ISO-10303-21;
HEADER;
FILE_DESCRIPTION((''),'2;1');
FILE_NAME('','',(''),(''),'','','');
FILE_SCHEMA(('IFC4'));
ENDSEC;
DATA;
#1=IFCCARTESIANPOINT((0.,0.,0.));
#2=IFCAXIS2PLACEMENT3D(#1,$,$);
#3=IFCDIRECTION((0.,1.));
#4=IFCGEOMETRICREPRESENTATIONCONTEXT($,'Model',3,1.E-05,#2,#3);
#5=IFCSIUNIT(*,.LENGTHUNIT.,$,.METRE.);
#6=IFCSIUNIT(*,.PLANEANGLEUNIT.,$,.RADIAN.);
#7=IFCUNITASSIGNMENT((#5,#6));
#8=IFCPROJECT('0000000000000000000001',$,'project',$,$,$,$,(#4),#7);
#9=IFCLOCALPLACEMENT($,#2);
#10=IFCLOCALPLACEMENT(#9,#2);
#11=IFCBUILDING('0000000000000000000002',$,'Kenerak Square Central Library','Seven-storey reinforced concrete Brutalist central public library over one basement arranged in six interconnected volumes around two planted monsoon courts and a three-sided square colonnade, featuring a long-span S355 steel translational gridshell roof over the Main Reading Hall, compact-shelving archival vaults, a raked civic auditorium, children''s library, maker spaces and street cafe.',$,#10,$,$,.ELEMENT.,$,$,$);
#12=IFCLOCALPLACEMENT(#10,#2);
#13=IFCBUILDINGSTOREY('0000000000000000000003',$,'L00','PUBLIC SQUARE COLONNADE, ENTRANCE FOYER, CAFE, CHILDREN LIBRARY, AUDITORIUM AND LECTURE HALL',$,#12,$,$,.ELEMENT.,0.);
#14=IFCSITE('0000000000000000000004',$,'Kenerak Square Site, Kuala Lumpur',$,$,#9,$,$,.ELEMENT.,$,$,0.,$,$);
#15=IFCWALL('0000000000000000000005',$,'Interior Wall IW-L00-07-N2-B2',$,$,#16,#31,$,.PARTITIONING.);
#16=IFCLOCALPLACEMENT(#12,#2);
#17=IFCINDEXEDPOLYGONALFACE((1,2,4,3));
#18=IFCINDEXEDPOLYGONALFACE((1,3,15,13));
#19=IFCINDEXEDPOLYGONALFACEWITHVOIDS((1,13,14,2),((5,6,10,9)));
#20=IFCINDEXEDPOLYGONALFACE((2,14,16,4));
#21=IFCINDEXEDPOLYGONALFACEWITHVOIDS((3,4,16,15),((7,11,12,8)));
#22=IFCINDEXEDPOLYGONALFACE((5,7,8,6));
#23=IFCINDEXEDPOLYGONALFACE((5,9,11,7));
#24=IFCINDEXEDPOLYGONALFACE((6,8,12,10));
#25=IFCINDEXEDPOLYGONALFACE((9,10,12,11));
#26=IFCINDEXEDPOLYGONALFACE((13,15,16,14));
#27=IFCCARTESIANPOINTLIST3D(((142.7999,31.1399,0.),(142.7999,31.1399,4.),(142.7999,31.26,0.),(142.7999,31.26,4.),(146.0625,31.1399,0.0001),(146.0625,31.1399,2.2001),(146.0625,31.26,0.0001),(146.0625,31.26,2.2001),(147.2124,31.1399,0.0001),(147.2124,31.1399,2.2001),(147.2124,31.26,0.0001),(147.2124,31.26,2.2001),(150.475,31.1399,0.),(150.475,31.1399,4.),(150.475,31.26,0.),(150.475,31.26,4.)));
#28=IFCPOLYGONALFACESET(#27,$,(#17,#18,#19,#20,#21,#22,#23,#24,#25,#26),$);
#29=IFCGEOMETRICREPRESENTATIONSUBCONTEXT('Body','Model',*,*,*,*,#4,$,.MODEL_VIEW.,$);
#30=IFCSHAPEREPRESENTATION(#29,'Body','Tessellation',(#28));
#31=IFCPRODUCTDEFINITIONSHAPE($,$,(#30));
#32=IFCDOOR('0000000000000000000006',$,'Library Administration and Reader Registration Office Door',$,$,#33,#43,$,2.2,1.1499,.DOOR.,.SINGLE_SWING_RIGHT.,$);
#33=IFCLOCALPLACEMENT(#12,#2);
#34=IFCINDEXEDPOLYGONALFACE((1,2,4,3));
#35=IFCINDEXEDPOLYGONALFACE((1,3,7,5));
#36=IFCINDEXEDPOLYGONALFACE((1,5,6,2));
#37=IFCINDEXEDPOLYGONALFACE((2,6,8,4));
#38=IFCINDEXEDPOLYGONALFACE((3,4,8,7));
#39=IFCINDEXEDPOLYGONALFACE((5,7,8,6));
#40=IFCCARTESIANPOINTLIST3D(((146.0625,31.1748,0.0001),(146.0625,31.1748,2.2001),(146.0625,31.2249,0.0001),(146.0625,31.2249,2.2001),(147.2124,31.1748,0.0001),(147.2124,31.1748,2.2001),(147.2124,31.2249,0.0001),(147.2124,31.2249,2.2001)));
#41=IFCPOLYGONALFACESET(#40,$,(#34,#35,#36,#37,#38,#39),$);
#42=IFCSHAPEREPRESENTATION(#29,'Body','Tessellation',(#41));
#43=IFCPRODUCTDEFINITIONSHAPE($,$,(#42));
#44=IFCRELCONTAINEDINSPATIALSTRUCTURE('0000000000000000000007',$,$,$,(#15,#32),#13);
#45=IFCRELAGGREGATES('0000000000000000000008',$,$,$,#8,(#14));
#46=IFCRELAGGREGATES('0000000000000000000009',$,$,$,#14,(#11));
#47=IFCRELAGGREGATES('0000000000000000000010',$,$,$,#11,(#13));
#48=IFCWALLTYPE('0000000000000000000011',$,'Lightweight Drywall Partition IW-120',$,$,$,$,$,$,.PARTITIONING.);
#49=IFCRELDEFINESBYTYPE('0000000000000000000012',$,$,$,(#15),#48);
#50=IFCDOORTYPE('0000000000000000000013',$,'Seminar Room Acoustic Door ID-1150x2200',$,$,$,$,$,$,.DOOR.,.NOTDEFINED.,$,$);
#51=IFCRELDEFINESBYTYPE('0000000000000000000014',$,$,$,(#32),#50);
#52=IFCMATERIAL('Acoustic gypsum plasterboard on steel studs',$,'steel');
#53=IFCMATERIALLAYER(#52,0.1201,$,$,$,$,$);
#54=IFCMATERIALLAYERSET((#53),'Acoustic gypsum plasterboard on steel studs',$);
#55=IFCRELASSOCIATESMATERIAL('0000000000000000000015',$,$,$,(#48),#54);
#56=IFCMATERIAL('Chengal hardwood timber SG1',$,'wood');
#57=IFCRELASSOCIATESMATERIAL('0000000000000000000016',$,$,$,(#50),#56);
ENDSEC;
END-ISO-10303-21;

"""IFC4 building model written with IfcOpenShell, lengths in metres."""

from ifc_helpers import new_model, si_unit, direction, frame, frame_2d, origin, place, context, subcontext, project, spatial, rectangle, extrude, material, layer, layer_set, type_object, element, fill, save


model = new_model("IFC4")

# Units and contexts
model_context = context("Model", 3, precision=1e-05, world=origin(), true_north=direction((0.0, 1.0)))
body_context = subcontext(model_context, "Body", "Model", "MODEL_VIEW")
ifc_project = project(units=[si_unit("LENGTHUNIT", "METRE"), si_unit("PLANEANGLEUNIT", "RADIAN")], contexts=[model_context])

# Site, building, storey
site_placement = place(None, origin())
site = spatial("IfcSite", under=ifc_project, at=site_placement, Name="Kenerak Square Site, Kuala Lumpur", CompositionType="ELEMENT", RefElevation=0.0)
building_placement = place(site_placement, origin())
building = spatial("IfcBuilding", under=site, at=building_placement, Name="Kenerak Square Central Library", Description="Seven-storey reinforced concrete Brutalist central public library over one basement arranged in six interconnected volumes around two planted monsoon courts and a three-sided square colonnade, featuring a long-span S355 steel translational gridshell roof over the Main Reading Hall, compact-shelving archival vaults, a raked civic auditorium, children's library, maker spaces and street cafe.", CompositionType="ELEMENT")
storey_placement = place(building_placement, origin())
storey = spatial("IfcBuildingStorey", under=building, at=storey_placement, Name="L00", Description="PUBLIC SQUARE COLONNADE, ENTRANCE FOYER, CAFE, CHILDREN LIBRARY, AUDITORIUM AND LECTURE HALL", CompositionType="ELEMENT", Elevation=0.0)

# Shared definitions
ifc_material_1 = material(Name="Acoustic gypsum plasterboard on steel studs", Category="steel")
ifc_layer_1 = layer(ifc_material_1, 0.1201)
ifc_layer_set_1 = layer_set([ifc_layer_1], Name="Acoustic gypsum plasterboard on steel studs")
wall_type_1 = type_object("IfcWallType", Name="Lightweight Drywall Partition IW-120", PredefinedType="PARTITIONING", material=ifc_layer_set_1)

# Wall, opening, door
wall_1_placement = place(storey_placement, frame((142.8, 31.2, 0.0), z_axis=(0.0, 0.0, 1.0), x_axis=(1.0, 0.0, 0.0)))
wall_1 = element("IfcWall", 1, at=wall_1_placement, inside=storey, type_object=wall_type_1, Name="Interior Wall IW-L00-07-N2-B2", PredefinedType="PARTITIONING", context=body_context, shape_type="SweptSolid", body=[
    extrude(rectangle(XDim=7.675, YDim=0.1201, at=frame_2d((3.8374, 0.0))), origin(), (0.0, 0.0, 1.0), 4.0),
])
opening_1_placement = place(wall_1_placement, frame((3.2625, 0.0, 0.0)))
opening_1 = element("IfcOpeningElement", 2, at=opening_1_placement, cuts=wall_1, PredefinedType="OPENING", context=body_context, shape_type="SweptSolid", body=[
    extrude(rectangle(XDim=1.1499, YDim=2.2, at=frame_2d((0.575, 1.1001))), frame((0.0, 0.0701, 0.0), z_axis=(0.0, -1.0, 0.0), x_axis=(1.0, 0.0, 0.0)), (0.0, 0.0, 1.0), 0.1401),
])
ifc_material_2 = material(Name="Chengal hardwood timber SG1", Category="wood")
door_type_1 = type_object("IfcDoorType", Name="Seminar Room Acoustic Door ID-1150x2200", OperationType="NOTDEFINED", PredefinedType="DOOR", material=ifc_material_2)
door_1_placement = place(opening_1_placement, origin())
door_1 = element("IfcDoor", 3, at=door_1_placement, inside=storey, type_object=door_type_1, Name="Library Administration and Reader Registration Office Door", OperationType="SINGLE_SWING_RIGHT", OverallHeight=2.2, OverallWidth=1.1499, PredefinedType="DOOR", context=body_context, shape_type="SweptSolid", body=[
    extrude(rectangle(XDim=1.1499, YDim=2.2, at=frame_2d((0.575, 1.1001))), frame((0.0, 0.0249, 0.0), z_axis=(0.0, -1.0, 0.0), x_axis=(1.0, 0.0, 0.0)), (0.0, 0.0, 1.0), 0.05),
])
fill(opening_1, door_1)

save(model, "model.ifc")
